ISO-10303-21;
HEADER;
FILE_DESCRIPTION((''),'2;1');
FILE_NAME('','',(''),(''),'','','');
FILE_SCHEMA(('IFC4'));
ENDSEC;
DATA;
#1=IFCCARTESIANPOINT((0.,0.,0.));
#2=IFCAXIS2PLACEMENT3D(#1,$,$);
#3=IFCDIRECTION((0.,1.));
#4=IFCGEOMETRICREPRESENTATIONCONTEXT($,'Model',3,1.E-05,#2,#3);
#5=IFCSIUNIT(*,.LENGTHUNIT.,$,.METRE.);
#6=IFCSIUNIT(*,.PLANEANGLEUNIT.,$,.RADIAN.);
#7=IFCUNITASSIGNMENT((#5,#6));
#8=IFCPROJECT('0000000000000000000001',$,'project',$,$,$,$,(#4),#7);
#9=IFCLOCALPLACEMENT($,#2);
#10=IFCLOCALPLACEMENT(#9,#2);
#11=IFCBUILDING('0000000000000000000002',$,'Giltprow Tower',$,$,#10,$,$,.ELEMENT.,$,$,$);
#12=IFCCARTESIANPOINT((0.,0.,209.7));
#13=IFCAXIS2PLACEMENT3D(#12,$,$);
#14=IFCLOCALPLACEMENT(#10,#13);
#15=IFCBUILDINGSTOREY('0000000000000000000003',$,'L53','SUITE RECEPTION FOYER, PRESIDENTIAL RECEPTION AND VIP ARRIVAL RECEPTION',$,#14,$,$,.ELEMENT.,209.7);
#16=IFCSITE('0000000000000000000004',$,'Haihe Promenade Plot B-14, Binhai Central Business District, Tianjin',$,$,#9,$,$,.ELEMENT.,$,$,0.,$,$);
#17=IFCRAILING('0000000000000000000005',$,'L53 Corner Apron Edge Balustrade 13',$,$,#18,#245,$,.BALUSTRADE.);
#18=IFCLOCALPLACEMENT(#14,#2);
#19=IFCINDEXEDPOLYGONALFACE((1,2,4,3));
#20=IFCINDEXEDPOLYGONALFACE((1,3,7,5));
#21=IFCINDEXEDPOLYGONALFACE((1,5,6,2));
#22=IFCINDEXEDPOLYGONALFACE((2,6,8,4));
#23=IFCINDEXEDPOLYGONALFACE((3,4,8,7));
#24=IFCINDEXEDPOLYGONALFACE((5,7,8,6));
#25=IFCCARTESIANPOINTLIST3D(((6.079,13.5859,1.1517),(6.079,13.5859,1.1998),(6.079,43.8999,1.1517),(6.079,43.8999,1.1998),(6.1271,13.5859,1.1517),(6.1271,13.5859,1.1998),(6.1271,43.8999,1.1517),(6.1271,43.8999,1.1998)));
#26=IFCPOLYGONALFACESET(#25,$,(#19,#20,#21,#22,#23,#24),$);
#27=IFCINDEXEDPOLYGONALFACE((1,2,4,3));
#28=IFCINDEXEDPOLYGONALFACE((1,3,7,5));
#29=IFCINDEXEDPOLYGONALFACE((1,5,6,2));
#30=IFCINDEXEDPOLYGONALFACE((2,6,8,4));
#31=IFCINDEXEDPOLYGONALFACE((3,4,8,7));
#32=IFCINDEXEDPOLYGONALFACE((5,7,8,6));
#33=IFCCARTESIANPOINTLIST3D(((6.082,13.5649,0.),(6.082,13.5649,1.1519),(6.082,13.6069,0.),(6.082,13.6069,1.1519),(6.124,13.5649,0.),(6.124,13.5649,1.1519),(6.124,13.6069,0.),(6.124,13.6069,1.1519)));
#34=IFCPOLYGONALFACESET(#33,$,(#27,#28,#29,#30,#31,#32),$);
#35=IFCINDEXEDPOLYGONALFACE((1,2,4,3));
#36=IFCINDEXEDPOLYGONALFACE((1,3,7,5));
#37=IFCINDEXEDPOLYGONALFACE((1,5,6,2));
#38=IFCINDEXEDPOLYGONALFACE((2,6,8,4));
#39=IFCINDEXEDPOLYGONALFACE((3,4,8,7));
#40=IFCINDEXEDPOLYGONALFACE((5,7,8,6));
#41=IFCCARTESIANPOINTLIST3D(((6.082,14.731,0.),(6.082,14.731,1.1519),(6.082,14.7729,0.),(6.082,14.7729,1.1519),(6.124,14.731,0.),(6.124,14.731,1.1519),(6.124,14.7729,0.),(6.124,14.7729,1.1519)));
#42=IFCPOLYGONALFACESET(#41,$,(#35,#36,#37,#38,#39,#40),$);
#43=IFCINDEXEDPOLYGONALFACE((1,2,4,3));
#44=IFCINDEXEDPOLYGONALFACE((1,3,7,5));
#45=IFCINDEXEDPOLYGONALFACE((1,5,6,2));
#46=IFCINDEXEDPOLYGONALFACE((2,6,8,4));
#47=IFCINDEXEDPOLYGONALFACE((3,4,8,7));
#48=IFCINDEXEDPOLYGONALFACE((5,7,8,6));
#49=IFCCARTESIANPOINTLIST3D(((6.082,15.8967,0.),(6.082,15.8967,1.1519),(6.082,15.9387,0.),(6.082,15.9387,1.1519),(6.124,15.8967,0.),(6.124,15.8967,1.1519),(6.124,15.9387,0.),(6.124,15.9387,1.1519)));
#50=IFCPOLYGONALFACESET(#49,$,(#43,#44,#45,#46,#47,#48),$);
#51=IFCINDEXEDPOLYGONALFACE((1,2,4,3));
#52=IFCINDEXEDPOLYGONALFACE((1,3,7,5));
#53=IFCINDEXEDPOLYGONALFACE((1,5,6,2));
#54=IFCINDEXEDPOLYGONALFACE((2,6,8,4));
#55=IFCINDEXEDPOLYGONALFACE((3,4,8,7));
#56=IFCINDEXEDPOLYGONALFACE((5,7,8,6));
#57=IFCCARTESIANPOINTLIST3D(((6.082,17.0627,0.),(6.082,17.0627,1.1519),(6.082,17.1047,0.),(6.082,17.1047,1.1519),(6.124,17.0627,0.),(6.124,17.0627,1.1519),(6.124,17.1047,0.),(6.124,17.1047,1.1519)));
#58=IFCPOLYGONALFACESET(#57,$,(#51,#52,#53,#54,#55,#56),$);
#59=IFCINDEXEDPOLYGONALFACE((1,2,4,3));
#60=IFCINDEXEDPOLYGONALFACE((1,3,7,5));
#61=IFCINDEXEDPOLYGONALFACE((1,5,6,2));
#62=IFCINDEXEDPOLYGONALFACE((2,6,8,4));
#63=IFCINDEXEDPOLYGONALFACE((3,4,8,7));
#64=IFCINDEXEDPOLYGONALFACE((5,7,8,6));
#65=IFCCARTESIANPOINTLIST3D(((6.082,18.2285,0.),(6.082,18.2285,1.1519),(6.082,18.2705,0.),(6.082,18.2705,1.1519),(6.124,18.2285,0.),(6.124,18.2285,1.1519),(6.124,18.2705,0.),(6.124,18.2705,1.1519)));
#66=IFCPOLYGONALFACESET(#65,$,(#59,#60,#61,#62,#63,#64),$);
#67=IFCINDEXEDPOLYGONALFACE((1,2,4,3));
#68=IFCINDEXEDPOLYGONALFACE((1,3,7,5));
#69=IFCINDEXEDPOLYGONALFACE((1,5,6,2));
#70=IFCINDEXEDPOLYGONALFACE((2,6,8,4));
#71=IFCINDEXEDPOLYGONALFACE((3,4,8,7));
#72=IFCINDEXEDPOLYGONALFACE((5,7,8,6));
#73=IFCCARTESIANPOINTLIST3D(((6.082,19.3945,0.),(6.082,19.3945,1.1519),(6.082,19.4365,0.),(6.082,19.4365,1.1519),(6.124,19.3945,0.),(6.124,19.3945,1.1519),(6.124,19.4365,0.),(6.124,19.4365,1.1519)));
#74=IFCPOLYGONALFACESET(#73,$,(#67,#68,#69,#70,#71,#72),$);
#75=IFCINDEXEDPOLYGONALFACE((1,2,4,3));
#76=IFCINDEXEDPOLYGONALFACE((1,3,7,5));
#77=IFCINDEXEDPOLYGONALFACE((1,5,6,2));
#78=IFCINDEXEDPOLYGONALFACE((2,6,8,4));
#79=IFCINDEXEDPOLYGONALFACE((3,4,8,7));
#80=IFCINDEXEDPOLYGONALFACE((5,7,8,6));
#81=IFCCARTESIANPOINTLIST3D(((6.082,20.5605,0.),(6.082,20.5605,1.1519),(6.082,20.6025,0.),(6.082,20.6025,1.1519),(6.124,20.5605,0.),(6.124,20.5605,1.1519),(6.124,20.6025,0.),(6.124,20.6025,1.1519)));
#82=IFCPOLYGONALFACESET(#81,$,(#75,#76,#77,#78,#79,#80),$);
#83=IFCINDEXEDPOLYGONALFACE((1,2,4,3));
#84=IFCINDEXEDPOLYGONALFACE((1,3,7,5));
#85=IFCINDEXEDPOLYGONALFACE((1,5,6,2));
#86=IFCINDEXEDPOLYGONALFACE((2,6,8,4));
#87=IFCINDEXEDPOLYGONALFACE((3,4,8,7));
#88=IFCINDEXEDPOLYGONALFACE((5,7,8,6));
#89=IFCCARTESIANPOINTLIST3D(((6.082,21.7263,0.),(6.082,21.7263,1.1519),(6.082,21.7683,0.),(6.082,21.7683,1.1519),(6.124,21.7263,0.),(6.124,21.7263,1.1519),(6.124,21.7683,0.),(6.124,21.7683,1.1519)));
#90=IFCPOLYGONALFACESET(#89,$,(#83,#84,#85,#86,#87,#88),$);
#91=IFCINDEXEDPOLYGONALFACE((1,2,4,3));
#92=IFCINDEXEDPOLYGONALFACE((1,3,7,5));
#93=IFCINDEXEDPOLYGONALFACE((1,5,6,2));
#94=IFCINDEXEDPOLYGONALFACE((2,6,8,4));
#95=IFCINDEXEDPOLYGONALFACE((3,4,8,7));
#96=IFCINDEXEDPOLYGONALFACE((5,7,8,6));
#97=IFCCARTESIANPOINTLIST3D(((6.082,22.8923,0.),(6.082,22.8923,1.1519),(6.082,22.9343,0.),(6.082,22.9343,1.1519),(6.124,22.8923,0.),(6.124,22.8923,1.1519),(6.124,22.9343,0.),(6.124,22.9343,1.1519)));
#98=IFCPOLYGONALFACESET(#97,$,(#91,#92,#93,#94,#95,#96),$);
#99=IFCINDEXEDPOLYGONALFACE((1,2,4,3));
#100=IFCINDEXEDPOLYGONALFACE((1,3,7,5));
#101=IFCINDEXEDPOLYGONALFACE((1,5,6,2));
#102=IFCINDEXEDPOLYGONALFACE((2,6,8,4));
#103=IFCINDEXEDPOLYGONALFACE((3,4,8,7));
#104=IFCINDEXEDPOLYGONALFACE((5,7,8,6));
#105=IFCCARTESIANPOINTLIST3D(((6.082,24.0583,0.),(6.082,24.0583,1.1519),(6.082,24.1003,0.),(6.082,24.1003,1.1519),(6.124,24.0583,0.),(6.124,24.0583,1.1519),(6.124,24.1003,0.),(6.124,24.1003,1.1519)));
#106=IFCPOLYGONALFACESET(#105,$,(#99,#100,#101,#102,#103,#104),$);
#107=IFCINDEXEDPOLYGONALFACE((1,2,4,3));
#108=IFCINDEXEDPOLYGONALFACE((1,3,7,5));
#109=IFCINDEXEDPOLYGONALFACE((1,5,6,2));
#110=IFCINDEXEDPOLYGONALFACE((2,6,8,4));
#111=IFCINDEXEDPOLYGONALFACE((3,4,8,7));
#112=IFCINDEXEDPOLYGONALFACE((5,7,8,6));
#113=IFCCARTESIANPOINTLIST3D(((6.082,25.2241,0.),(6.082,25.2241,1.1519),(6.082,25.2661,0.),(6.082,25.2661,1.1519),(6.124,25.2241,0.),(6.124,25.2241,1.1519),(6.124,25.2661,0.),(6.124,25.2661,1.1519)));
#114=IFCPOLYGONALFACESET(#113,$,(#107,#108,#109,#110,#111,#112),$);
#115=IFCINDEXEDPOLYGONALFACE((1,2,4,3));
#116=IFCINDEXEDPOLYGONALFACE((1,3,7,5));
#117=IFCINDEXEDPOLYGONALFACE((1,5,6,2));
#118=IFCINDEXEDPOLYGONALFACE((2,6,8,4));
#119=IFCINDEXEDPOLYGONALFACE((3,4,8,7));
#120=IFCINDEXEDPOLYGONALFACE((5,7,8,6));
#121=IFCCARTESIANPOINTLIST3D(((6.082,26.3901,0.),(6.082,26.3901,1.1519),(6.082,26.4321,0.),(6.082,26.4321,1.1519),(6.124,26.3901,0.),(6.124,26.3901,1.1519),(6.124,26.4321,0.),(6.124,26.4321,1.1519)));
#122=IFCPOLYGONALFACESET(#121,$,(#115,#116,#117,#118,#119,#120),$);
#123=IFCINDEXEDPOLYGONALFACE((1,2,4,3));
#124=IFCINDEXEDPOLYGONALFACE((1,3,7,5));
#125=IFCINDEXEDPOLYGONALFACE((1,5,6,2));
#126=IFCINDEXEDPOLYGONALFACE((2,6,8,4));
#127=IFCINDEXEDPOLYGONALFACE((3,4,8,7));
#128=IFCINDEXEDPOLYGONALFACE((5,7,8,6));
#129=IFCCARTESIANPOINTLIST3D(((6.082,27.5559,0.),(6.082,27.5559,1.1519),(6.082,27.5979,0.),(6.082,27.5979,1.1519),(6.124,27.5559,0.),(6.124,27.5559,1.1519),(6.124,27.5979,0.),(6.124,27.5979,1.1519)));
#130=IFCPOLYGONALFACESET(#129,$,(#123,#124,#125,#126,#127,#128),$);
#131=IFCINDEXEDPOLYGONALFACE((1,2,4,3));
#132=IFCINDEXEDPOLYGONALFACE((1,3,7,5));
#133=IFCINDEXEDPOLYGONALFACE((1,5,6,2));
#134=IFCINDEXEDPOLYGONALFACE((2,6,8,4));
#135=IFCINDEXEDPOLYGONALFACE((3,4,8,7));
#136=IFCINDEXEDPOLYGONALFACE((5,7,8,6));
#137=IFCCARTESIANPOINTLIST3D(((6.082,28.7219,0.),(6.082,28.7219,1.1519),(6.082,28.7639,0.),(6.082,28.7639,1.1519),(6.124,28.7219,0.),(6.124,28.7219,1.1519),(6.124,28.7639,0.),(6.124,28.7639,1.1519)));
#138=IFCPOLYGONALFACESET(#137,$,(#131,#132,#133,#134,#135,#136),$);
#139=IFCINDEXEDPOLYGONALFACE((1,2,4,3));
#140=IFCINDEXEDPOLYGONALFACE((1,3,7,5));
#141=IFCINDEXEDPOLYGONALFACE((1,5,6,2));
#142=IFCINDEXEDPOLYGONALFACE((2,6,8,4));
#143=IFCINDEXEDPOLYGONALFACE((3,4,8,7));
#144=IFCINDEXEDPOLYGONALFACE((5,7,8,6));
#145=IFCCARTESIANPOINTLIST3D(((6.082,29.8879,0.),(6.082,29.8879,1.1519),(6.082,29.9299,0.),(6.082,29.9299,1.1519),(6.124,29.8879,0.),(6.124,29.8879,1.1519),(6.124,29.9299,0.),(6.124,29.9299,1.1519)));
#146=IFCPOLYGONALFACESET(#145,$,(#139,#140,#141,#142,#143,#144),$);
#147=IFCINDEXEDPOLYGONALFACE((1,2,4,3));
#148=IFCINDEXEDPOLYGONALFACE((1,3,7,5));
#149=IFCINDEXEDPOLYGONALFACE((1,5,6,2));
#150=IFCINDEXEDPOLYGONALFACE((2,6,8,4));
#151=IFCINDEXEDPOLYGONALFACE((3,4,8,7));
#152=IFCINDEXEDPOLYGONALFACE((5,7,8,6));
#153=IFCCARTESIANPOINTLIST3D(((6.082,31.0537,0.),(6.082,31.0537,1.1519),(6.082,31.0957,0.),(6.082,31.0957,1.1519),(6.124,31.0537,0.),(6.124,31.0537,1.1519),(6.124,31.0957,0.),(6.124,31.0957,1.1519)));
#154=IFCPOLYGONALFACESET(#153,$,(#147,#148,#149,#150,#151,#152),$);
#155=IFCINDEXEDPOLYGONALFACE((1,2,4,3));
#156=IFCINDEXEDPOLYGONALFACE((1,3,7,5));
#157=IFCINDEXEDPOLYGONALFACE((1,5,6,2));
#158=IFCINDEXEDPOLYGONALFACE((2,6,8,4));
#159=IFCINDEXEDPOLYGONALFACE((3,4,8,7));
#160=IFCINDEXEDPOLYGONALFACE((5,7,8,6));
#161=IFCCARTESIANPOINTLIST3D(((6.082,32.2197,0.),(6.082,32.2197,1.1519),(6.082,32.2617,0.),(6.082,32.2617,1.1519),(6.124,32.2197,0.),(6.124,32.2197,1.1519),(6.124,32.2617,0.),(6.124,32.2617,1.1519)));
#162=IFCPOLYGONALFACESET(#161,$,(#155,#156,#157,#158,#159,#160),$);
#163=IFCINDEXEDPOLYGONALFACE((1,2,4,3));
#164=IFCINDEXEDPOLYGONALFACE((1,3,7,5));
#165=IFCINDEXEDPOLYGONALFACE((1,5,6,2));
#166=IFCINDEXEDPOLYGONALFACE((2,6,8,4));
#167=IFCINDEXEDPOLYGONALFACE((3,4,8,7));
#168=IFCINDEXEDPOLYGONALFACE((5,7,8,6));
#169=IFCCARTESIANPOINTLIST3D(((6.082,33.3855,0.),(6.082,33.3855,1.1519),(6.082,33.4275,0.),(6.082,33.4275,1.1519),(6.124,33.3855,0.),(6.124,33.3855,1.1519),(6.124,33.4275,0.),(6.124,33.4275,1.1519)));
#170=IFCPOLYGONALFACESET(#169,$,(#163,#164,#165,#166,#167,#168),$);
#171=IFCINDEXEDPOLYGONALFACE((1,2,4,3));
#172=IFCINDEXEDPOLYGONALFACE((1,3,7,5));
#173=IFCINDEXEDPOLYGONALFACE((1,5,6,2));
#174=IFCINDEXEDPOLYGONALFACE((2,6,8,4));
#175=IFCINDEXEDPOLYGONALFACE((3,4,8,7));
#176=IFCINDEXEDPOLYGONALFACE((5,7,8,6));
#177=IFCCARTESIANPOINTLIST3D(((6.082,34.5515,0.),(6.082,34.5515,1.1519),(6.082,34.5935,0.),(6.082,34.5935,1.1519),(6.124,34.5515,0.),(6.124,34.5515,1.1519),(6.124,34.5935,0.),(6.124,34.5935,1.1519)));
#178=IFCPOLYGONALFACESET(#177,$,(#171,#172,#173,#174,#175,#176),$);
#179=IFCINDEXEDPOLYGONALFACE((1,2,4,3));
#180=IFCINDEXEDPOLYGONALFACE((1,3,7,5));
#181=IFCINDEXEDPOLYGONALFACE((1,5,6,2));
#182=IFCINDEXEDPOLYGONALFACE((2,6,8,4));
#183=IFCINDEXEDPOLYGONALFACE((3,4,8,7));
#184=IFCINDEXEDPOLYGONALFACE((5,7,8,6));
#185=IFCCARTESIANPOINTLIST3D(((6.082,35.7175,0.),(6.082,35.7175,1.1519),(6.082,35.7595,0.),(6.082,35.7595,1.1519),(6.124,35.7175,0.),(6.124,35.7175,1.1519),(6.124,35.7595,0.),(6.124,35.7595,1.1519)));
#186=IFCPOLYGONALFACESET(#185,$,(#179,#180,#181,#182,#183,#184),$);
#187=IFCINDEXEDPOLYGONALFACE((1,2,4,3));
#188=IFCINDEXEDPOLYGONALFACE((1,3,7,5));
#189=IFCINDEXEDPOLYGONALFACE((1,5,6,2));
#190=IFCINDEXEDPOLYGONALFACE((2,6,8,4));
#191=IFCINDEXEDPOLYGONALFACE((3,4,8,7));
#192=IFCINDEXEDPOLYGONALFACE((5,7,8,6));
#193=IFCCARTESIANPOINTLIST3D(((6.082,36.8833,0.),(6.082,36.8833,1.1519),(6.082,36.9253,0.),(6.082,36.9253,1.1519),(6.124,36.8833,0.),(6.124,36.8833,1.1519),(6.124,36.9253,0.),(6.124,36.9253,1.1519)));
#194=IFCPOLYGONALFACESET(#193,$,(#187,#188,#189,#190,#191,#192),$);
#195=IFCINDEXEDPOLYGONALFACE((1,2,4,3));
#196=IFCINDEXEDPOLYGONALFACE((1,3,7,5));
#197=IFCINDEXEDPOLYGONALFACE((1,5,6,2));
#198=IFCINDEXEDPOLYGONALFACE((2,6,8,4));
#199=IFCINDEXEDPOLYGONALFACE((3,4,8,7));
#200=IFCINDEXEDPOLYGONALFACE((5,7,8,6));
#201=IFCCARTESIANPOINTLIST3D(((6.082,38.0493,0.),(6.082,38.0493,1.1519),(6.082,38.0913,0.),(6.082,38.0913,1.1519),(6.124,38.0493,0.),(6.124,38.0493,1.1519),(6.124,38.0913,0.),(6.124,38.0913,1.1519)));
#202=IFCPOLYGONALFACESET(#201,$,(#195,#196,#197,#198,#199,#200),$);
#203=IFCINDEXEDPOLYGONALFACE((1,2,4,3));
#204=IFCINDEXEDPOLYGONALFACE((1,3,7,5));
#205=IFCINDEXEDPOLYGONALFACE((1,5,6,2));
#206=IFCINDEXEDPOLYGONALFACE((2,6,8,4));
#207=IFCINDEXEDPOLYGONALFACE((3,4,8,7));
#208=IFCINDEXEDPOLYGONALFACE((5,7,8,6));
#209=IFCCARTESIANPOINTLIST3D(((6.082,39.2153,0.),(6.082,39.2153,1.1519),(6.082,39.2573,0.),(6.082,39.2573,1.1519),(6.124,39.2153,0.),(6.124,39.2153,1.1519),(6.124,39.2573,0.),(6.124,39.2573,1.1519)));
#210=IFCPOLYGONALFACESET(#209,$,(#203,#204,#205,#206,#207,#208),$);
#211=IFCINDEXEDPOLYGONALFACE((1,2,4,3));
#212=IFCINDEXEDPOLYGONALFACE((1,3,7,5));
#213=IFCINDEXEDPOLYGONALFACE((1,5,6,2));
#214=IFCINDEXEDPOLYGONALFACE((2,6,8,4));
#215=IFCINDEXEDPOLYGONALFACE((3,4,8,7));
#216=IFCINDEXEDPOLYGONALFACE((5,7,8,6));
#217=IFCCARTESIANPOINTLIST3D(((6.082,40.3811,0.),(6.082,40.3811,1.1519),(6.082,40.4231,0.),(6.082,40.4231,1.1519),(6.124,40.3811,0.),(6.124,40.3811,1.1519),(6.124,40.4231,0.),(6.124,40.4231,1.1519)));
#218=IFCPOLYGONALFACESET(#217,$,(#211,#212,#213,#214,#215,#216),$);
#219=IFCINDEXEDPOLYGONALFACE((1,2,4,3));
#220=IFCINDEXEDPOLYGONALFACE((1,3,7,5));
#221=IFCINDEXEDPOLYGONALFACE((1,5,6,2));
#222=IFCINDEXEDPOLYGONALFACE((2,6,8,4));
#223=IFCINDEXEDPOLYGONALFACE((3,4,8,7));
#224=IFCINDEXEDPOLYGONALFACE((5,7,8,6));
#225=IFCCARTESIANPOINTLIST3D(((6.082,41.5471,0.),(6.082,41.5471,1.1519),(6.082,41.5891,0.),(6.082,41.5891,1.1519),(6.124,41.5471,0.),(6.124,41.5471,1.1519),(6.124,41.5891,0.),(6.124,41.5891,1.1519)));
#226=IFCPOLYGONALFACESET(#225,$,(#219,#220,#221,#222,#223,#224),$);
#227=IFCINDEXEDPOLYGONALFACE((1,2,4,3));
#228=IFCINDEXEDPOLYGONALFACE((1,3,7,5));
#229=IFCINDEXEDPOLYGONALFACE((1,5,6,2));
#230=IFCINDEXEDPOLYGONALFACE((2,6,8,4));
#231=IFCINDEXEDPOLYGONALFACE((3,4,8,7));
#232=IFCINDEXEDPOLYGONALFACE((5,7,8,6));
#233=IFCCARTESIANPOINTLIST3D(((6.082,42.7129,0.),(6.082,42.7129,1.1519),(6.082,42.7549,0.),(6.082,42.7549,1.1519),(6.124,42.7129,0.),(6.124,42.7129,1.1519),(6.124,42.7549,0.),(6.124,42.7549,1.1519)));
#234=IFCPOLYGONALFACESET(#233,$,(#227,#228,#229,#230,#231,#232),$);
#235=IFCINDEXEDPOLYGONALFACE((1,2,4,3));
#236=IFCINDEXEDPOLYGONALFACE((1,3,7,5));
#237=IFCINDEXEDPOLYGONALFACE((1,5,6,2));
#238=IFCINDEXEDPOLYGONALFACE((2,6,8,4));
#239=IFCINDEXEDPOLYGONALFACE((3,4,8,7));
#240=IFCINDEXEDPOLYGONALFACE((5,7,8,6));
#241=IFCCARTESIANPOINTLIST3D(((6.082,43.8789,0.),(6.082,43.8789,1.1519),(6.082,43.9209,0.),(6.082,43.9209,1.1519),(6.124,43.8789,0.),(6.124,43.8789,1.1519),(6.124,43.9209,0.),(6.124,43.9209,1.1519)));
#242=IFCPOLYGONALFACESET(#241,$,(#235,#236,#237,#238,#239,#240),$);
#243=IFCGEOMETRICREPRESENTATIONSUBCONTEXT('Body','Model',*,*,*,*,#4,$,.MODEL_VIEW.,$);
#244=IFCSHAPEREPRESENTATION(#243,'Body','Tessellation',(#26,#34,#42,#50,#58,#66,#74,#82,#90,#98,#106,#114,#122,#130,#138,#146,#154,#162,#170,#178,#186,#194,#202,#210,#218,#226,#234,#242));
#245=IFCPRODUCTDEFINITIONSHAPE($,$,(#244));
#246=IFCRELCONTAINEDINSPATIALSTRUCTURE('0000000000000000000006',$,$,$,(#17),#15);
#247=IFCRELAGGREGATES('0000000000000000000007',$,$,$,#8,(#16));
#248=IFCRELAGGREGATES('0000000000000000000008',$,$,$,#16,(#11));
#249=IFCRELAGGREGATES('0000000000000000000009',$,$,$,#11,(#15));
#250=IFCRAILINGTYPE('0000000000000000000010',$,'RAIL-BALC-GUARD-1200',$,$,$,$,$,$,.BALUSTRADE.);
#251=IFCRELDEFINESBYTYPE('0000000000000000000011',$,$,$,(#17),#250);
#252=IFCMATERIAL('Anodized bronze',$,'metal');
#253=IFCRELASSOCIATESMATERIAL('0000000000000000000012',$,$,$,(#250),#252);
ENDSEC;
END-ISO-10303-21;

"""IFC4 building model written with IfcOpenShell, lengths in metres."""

from ifc_helpers import new_model, si_unit, direction, frame, origin, origin_2d, place, context, subcontext, project, spatial, rectangle, extrude, material, type_object, element, save


model = new_model("IFC4")

# Units and contexts
model_context = context("Model", 3, precision=1e-05, world=origin(), true_north=direction((0.0, 1.0)))
body_context = subcontext(model_context, "Body", "Model", "MODEL_VIEW")
ifc_project = project(units=[si_unit("LENGTHUNIT", "METRE"), si_unit("PLANEANGLEUNIT", "RADIAN")], contexts=[model_context])

# Site, building, storey
site_placement = place(None, origin())
site = spatial("IfcSite", under=ifc_project, at=site_placement, Name="Haihe Promenade Plot B-14, Binhai Central Business District, Tianjin", CompositionType="ELEMENT", RefElevation=0.0)
building_placement = place(site_placement, origin())
building = spatial("IfcBuilding", under=site, at=building_placement, Name="Giltprow Tower", CompositionType="ELEMENT")
storey_placement = place(building_placement, frame((0.0, 0.0, 209.7)))
storey = spatial("IfcBuildingStorey", under=building, at=storey_placement, Name="L53", Description="SUITE RECEPTION FOYER, PRESIDENTIAL RECEPTION AND VIP ARRIVAL RECEPTION", CompositionType="ELEMENT", Elevation=209.7)

# Shared definitions
ifc_material_1 = material(Name="Anodized bronze", Category="metal")

# Railing
railing_type = type_object("IfcRailingType", Name="RAIL-BALC-GUARD-1200", PredefinedType="BALUSTRADE", material=ifc_material_1)
railing_1_placement = place(storey_placement, frame((6.103, 13.5859, 0.0)))
element("IfcRailing", 1, at=railing_1_placement, inside=storey, type_object=railing_type, Name="L53 Corner Apron Edge Balustrade 13", PredefinedType="BALUSTRADE", context=body_context, shape_type="SweptSolid", body=[
    extrude(rectangle(XDim=0.0481, YDim=0.0481, at=origin_2d()), frame((0.0, 0.0, 1.1758), z_axis=(0.0, 1.0, 0.0), x_axis=(-1.0, 0.0, 0.0)), (0.0, 0.0, 1.0), 30.314),
    extrude(rectangle(XDim=0.042, YDim=0.042, at=origin_2d()), origin(), (0.0, 0.0, 1.0), 1.1519),
    extrude(rectangle(XDim=0.042, YDim=0.042, at=origin_2d()), frame((0.0, 1.166, 0.0)), (0.0, 0.0, 1.0), 1.1519),
    extrude(rectangle(XDim=0.042, YDim=0.042, at=origin_2d()), frame((0.0, 2.3318, 0.0)), (0.0, 0.0, 1.0), 1.1519),
    extrude(rectangle(XDim=0.042, YDim=0.042, at=origin_2d()), frame((0.0, 3.4978, 0.0)), (0.0, 0.0, 1.0), 1.1519),
    extrude(rectangle(XDim=0.042, YDim=0.042, at=origin_2d()), frame((0.0, 4.6636, 0.0)), (0.0, 0.0, 1.0), 1.1519),
    extrude(rectangle(XDim=0.042, YDim=0.042, at=origin_2d()), frame((0.0, 5.8296, 0.0)), (0.0, 0.0, 1.0), 1.1519),
    extrude(rectangle(XDim=0.042, YDim=0.042, at=origin_2d()), frame((0.0, 6.9956, 0.0)), (0.0, 0.0, 1.0), 1.1519),
    extrude(rectangle(XDim=0.042, YDim=0.042, at=origin_2d()), frame((0.0, 8.1614, 0.0)), (0.0, 0.0, 1.0), 1.1519),
    extrude(rectangle(XDim=0.042, YDim=0.042, at=origin_2d()), frame((0.0, 9.3274, 0.0)), (0.0, 0.0, 1.0), 1.1519),
    extrude(rectangle(XDim=0.042, YDim=0.042, at=origin_2d()), frame((0.0, 10.4934, 0.0)), (0.0, 0.0, 1.0), 1.1519),
    extrude(rectangle(XDim=0.042, YDim=0.042, at=origin_2d()), frame((0.0, 11.6592, 0.0)), (0.0, 0.0, 1.0), 1.1519),
    extrude(rectangle(XDim=0.042, YDim=0.042, at=origin_2d()), frame((0.0, 12.8252, 0.0)), (0.0, 0.0, 1.0), 1.1519),
    extrude(rectangle(XDim=0.042, YDim=0.042, at=origin_2d()), frame((0.0, 13.991, 0.0)), (0.0, 0.0, 1.0), 1.1519),
    extrude(rectangle(XDim=0.042, YDim=0.042, at=origin_2d()), frame((0.0, 15.157, 0.0)), (0.0, 0.0, 1.0), 1.1519),
    extrude(rectangle(XDim=0.042, YDim=0.042, at=origin_2d()), frame((0.0, 16.323, 0.0)), (0.0, 0.0, 1.0), 1.1519),
    extrude(rectangle(XDim=0.042, YDim=0.042, at=origin_2d()), frame((0.0, 17.4888, 0.0)), (0.0, 0.0, 1.0), 1.1519),
    extrude(rectangle(XDim=0.042, YDim=0.042, at=origin_2d()), frame((0.0, 18.6548, 0.0)), (0.0, 0.0, 1.0), 1.1519),
    extrude(rectangle(XDim=0.042, YDim=0.042, at=origin_2d()), frame((0.0, 19.8206, 0.0)), (0.0, 0.0, 1.0), 1.1519),
    extrude(rectangle(XDim=0.042, YDim=0.042, at=origin_2d()), frame((0.0, 20.9866, 0.0)), (0.0, 0.0, 1.0), 1.1519),
    extrude(rectangle(XDim=0.042, YDim=0.042, at=origin_2d()), frame((0.0, 22.1526, 0.0)), (0.0, 0.0, 1.0), 1.1519),
    extrude(rectangle(XDim=0.042, YDim=0.042, at=origin_2d()), frame((0.0, 23.3184, 0.0)), (0.0, 0.0, 1.0), 1.1519),
    extrude(rectangle(XDim=0.042, YDim=0.042, at=origin_2d()), frame((0.0, 24.4844, 0.0)), (0.0, 0.0, 1.0), 1.1519),
    extrude(rectangle(XDim=0.042, YDim=0.042, at=origin_2d()), frame((0.0, 25.6504, 0.0)), (0.0, 0.0, 1.0), 1.1519),
    extrude(rectangle(XDim=0.042, YDim=0.042, at=origin_2d()), frame((0.0, 26.8162, 0.0)), (0.0, 0.0, 1.0), 1.1519),
    extrude(rectangle(XDim=0.042, YDim=0.042, at=origin_2d()), frame((0.0, 27.9822, 0.0)), (0.0, 0.0, 1.0), 1.1519),
    extrude(rectangle(XDim=0.042, YDim=0.042, at=origin_2d()), frame((0.0, 29.1479, 0.0)), (0.0, 0.0, 1.0), 1.1519),
    extrude(rectangle(XDim=0.042, YDim=0.042, at=origin_2d()), frame((0.0, 30.314, 0.0)), (0.0, 0.0, 1.0), 1.1519),
])

save(model, "model.ifc")
